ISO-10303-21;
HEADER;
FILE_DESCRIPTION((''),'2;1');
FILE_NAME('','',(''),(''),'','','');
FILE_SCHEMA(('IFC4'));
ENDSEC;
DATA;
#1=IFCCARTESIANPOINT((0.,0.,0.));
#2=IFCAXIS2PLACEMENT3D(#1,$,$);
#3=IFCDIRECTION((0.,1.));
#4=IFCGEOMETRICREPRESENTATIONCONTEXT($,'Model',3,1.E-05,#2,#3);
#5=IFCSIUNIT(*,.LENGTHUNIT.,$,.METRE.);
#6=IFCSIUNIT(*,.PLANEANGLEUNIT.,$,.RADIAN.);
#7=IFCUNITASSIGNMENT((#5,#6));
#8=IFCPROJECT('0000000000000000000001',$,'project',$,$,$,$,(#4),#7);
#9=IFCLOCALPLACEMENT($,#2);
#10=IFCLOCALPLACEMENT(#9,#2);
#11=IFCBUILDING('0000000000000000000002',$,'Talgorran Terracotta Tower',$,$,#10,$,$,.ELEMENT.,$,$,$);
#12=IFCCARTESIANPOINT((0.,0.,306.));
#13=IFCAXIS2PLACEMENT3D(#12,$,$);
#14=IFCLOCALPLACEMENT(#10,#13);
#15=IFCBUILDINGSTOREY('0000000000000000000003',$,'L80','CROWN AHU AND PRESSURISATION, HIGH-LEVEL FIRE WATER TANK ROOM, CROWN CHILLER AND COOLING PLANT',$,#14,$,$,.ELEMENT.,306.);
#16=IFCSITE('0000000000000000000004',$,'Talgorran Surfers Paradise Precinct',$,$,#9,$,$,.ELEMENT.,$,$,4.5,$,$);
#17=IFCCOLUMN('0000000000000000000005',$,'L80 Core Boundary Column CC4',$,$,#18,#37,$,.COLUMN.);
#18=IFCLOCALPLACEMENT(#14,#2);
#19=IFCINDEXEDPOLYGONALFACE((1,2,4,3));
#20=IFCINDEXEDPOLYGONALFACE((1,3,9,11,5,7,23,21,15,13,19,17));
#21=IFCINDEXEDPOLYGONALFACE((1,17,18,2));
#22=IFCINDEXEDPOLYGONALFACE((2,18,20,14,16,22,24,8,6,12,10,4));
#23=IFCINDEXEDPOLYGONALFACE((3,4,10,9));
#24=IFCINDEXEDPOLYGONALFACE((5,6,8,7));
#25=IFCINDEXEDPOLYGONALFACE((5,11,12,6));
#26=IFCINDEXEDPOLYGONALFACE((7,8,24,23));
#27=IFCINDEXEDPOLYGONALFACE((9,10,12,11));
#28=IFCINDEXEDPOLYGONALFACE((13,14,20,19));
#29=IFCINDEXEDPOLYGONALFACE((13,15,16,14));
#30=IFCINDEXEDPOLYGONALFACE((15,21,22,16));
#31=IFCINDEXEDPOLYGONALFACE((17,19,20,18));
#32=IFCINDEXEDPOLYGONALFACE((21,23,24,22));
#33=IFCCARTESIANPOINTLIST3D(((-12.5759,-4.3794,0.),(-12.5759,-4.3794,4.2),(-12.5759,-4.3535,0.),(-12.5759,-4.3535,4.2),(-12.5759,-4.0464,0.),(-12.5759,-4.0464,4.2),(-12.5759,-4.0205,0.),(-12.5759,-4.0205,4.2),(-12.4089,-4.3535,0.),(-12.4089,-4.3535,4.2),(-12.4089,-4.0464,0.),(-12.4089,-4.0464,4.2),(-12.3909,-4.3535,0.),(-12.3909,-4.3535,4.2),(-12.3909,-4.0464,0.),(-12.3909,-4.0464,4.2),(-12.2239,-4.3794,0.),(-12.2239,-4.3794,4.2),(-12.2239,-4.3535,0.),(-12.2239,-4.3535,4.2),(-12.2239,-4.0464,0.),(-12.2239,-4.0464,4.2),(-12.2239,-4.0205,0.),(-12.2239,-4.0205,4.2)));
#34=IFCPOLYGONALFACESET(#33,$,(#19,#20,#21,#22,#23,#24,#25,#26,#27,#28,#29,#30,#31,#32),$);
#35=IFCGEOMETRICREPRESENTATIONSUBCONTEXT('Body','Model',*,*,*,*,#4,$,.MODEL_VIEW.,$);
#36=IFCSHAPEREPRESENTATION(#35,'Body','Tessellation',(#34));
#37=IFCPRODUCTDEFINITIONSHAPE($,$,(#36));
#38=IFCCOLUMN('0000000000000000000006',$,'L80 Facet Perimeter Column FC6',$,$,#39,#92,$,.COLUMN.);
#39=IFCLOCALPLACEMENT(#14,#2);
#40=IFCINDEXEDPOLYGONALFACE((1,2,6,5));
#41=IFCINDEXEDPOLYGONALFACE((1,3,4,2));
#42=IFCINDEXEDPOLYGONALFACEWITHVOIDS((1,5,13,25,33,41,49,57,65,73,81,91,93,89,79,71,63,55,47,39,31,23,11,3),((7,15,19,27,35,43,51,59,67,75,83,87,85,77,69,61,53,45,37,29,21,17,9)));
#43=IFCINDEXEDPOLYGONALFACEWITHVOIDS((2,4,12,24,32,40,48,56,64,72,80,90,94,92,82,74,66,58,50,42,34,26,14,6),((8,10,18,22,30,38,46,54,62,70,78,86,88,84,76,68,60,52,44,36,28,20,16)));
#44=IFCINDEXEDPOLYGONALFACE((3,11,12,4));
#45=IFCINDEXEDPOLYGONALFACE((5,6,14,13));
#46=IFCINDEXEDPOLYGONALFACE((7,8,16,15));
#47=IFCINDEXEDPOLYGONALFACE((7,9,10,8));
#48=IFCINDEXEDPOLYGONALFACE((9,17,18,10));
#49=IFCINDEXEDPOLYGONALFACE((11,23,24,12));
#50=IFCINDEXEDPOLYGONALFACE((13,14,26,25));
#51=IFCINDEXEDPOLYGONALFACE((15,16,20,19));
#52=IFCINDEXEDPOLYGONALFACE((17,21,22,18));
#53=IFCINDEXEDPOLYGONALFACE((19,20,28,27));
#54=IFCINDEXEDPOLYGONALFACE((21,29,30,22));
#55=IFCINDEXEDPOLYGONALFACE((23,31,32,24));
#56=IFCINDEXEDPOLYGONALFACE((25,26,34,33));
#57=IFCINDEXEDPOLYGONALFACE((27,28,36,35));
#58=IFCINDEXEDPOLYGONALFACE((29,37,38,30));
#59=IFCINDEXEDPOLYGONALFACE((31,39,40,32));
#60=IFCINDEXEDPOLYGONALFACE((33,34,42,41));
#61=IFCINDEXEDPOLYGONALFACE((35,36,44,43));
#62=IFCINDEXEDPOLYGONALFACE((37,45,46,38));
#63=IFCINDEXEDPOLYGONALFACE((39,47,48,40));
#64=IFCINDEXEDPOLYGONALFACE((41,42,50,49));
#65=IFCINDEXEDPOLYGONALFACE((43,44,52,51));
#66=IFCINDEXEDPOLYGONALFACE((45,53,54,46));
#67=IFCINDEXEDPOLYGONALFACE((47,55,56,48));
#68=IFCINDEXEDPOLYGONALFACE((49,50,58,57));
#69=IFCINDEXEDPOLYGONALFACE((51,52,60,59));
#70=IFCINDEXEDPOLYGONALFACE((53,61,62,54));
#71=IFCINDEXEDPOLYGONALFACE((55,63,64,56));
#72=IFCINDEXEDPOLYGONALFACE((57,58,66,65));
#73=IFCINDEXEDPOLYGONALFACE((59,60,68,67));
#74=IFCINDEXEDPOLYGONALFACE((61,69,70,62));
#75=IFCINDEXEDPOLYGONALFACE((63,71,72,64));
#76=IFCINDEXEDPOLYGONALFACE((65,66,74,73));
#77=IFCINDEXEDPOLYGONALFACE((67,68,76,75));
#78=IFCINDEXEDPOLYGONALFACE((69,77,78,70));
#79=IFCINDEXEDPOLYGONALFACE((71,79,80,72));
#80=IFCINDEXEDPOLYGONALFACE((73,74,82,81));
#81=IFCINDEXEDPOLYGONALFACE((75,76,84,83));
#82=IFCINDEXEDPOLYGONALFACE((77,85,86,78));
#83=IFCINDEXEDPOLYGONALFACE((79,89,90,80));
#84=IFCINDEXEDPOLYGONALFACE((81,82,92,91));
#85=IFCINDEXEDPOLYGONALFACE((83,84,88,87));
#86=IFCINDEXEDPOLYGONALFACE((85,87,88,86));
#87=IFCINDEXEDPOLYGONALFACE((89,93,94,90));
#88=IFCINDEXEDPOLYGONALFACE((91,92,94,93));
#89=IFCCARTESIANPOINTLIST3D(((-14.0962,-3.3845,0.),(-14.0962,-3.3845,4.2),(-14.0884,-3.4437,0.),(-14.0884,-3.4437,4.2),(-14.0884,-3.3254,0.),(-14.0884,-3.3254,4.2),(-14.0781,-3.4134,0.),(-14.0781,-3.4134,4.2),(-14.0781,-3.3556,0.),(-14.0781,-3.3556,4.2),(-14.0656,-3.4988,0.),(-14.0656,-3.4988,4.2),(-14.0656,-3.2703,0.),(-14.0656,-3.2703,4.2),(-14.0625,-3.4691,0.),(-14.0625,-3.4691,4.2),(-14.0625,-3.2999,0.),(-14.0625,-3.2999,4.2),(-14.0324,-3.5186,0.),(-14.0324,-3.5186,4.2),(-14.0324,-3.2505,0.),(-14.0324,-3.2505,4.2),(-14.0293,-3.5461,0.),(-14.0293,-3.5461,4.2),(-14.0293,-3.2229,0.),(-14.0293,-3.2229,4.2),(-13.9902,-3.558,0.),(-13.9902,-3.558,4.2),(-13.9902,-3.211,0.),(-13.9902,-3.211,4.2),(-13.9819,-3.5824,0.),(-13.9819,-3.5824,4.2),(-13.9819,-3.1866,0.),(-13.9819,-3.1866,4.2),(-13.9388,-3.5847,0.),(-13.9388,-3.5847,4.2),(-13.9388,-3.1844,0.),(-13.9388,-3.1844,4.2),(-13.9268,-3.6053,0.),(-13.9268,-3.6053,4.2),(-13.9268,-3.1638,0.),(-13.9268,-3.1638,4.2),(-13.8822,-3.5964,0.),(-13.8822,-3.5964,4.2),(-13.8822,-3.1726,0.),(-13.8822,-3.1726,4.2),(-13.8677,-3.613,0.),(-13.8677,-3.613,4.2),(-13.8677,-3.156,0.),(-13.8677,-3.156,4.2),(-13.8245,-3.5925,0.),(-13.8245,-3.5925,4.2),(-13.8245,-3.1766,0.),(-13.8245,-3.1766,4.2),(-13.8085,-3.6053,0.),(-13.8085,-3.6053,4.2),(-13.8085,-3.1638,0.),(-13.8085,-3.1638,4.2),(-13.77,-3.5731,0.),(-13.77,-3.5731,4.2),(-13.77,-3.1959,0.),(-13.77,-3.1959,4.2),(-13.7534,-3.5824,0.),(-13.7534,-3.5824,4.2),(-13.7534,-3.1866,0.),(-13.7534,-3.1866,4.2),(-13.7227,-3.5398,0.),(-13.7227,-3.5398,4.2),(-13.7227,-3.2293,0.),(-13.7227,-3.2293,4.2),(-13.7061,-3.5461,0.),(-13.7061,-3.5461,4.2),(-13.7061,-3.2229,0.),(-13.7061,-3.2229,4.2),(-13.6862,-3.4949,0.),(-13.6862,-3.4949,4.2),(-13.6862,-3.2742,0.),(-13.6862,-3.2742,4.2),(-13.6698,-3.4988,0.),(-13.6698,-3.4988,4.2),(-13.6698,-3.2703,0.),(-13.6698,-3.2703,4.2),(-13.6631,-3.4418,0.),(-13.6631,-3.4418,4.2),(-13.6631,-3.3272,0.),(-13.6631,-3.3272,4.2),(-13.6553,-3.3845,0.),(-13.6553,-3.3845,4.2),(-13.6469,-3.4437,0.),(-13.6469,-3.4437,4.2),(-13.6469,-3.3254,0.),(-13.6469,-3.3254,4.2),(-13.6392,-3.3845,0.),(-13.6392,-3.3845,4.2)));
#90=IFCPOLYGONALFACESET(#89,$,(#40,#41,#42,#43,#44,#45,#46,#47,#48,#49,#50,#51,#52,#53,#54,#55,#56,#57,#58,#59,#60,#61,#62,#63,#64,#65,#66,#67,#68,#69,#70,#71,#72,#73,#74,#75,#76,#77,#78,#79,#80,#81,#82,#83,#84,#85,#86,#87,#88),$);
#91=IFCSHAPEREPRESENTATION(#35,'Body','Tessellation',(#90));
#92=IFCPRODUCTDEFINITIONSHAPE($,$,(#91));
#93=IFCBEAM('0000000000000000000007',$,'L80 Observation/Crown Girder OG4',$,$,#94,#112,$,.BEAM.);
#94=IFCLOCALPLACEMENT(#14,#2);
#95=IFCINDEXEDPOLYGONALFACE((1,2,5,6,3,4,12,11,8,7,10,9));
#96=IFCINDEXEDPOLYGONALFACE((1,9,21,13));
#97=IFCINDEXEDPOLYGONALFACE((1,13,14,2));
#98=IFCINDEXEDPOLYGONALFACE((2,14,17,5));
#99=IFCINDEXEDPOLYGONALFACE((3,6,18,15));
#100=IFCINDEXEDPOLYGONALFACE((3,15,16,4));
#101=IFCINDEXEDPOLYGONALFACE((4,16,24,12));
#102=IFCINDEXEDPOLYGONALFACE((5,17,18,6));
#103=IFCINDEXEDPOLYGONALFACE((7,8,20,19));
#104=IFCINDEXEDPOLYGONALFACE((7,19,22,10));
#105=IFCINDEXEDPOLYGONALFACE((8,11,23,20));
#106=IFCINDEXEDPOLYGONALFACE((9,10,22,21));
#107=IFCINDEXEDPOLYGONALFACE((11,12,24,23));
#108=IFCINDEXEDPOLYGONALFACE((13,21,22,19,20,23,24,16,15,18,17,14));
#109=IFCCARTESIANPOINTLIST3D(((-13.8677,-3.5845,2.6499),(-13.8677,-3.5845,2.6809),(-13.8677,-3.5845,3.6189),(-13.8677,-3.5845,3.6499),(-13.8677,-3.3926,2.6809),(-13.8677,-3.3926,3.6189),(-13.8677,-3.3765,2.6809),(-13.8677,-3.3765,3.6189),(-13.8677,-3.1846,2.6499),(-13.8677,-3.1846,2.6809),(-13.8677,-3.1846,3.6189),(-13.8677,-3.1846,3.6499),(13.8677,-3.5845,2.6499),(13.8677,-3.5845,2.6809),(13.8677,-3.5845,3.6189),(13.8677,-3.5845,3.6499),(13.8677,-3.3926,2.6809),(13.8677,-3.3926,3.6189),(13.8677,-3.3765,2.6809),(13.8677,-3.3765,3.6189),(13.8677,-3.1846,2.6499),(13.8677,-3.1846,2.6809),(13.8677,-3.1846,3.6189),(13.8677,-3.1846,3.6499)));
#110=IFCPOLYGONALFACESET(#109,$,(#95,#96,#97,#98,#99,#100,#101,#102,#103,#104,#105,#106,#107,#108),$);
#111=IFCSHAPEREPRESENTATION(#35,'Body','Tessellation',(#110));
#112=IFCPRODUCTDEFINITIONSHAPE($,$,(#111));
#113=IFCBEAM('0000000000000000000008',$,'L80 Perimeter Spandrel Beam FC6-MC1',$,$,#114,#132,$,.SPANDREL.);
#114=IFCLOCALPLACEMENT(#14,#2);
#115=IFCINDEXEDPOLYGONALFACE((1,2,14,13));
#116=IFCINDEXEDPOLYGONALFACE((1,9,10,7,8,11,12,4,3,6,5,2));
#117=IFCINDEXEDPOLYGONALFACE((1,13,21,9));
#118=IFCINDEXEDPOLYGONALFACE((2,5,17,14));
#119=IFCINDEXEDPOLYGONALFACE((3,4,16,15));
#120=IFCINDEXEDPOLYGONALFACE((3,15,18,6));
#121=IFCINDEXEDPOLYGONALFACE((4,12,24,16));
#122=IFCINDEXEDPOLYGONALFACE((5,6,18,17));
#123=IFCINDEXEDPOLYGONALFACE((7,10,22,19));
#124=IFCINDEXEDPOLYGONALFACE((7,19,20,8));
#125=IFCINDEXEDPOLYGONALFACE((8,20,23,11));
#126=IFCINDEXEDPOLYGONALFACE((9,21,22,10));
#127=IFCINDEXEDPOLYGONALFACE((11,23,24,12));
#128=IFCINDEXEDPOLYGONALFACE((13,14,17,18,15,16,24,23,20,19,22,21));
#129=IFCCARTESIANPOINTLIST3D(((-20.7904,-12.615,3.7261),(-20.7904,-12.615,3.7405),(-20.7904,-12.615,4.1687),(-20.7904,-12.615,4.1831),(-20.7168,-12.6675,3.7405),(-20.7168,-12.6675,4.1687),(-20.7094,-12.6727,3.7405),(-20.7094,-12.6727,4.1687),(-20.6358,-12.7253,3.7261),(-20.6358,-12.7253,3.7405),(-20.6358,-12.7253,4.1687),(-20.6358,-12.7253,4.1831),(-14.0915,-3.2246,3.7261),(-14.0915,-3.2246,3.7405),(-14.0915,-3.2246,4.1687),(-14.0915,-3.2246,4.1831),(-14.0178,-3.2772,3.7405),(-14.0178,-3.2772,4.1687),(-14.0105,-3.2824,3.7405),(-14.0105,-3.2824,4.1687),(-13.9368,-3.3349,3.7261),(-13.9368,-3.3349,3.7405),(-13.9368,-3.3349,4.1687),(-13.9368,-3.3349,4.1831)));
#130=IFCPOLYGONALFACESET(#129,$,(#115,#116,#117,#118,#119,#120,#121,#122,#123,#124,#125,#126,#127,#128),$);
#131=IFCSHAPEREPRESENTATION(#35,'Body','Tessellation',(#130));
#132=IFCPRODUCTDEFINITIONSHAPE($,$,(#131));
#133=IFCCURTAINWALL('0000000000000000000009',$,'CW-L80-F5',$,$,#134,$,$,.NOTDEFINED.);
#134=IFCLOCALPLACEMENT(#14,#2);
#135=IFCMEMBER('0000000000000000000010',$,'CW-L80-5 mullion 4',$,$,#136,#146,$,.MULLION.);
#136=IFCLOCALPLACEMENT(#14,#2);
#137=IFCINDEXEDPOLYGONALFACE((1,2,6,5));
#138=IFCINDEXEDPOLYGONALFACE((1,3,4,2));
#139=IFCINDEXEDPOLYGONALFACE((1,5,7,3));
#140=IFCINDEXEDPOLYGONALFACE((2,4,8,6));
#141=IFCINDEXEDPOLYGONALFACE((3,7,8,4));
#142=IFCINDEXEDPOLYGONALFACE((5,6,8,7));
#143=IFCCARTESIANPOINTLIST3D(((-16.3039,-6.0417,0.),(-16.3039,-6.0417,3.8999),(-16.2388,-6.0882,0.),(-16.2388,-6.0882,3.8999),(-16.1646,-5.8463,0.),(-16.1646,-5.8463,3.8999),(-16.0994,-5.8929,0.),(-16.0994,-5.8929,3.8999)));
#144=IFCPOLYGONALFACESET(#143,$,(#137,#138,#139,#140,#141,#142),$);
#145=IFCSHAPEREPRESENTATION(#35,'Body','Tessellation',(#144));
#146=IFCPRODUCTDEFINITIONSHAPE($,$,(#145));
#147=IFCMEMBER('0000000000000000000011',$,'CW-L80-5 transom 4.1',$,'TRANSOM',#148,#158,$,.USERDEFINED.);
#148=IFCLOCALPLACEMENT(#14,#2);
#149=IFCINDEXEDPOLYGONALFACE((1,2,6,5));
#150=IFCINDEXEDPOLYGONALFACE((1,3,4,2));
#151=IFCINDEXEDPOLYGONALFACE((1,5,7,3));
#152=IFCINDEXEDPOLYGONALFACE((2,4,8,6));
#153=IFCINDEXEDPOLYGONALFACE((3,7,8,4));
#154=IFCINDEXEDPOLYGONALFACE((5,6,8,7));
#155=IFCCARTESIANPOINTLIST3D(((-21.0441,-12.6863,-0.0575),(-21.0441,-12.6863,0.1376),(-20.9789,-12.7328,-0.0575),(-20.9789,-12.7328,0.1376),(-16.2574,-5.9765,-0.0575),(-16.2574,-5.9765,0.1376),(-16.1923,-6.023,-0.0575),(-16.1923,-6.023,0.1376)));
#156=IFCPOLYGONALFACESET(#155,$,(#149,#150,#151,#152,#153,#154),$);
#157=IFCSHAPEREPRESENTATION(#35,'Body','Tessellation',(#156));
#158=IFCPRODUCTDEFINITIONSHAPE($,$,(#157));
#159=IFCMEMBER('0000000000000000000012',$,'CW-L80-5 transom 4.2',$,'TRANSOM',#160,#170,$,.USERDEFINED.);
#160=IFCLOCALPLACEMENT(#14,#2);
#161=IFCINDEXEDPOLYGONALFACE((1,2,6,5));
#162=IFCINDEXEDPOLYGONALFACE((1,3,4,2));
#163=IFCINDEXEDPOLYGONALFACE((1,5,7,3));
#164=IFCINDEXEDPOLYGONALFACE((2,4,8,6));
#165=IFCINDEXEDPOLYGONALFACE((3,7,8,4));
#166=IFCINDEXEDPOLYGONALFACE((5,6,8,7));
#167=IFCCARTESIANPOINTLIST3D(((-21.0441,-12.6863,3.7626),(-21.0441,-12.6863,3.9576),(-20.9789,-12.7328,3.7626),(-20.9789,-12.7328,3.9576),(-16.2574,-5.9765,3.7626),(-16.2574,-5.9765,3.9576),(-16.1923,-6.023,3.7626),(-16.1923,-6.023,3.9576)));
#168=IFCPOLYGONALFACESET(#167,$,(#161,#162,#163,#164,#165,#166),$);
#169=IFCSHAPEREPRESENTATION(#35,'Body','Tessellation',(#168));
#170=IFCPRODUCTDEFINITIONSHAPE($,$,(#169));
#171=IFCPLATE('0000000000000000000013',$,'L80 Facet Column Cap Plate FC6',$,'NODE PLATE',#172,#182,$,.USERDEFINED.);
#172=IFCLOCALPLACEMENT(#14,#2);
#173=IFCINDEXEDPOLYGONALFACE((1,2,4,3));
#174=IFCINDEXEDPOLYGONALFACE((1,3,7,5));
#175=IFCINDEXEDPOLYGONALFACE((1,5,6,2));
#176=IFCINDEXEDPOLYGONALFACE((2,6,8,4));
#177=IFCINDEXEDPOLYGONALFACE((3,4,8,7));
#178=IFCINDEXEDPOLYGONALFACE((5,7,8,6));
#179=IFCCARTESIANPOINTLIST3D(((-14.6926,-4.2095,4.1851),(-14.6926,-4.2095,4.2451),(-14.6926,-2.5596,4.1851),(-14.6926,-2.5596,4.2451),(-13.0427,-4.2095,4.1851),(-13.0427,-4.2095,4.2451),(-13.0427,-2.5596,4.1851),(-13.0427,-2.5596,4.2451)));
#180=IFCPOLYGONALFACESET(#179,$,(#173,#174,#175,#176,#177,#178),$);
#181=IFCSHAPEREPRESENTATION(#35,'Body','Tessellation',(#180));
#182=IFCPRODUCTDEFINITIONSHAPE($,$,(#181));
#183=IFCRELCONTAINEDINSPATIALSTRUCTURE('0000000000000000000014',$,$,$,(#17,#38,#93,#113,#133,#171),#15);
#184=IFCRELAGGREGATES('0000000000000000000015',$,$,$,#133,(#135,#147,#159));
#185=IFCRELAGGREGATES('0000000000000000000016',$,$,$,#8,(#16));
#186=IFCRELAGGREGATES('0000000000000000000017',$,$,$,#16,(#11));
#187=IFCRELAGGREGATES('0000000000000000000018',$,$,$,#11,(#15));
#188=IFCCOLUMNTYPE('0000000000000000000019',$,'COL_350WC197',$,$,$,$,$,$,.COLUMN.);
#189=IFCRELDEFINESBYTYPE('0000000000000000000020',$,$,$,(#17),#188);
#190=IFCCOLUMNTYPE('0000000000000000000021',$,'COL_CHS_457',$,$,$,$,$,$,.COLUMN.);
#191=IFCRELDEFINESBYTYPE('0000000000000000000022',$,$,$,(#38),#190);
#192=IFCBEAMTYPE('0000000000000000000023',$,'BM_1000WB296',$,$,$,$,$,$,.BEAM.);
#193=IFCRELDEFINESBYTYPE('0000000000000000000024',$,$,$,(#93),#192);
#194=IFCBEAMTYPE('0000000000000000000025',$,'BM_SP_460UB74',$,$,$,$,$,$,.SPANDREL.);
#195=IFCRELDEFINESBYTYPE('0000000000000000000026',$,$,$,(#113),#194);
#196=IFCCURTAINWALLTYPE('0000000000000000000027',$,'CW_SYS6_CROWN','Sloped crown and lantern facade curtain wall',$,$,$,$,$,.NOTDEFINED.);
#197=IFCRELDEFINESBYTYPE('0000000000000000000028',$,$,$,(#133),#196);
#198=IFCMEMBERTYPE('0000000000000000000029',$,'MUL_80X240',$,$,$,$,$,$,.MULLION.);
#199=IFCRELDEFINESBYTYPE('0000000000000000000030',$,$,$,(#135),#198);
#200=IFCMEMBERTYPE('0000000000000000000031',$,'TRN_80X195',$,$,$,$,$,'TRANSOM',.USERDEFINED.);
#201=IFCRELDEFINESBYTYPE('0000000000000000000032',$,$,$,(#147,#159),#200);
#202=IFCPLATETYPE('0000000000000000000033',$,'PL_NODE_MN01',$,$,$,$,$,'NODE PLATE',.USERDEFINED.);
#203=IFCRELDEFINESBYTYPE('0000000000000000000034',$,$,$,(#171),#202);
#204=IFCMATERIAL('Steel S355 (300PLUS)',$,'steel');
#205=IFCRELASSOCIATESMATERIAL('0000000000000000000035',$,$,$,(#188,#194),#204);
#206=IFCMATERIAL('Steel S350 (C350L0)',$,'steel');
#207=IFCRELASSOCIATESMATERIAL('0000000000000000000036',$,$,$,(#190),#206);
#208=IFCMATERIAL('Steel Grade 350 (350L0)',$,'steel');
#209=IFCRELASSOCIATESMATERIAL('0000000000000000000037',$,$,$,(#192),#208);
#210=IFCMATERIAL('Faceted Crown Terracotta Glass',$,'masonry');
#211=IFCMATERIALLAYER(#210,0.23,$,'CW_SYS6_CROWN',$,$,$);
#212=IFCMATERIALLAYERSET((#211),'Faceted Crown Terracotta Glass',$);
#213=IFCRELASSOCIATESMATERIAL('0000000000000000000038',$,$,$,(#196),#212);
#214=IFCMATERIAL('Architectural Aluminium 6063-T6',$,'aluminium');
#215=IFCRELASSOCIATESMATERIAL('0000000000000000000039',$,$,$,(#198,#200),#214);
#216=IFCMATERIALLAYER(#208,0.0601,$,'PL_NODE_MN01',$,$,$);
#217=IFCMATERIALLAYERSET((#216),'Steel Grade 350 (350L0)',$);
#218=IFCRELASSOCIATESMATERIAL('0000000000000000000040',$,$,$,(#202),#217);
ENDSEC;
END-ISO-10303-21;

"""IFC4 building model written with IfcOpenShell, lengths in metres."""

from ifc_helpers import new_model, si_unit, direction, frame, origin, origin_2d, place, context, subcontext, project, spatial, rectangle, hollow_circle, i_section, extrude, material, layer, layer_set, material_profile, profile_set, type_object, element, aggregate, save


model = new_model("IFC4")

# Units and contexts
model_context = context("Model", 3, precision=1e-05, world=origin(), true_north=direction((0.0, 1.0)))
body_context = subcontext(model_context, "Body", "Model", "MODEL_VIEW")
ifc_project = project(units=[si_unit("LENGTHUNIT", "METRE"), si_unit("PLANEANGLEUNIT", "RADIAN")], contexts=[model_context])

# Site, building, storey
site_placement = place(None, origin())
site = spatial("IfcSite", under=ifc_project, at=site_placement, Name="Talgorran Surfers Paradise Precinct", CompositionType="ELEMENT", RefElevation=4.5)
building_placement = place(site_placement, origin())
building = spatial("IfcBuilding", under=site, at=building_placement, Name="Talgorran Terracotta Tower", CompositionType="ELEMENT")
storey_placement = place(building_placement, frame((0.0, 0.0, 306.0)))
storey = spatial("IfcBuildingStorey", under=building, at=storey_placement, Name="L80", Description="CROWN AHU AND PRESSURISATION, HIGH-LEVEL FIRE WATER TANK ROOM, CROWN CHILLER AND COOLING PLANT", CompositionType="ELEMENT", Elevation=306.0)

# Columns
ifc_material_1 = material(Name="Steel S355 (300PLUS)", Category="steel")
ifc_material_profile_1 = material_profile(ifc_material_1, i_section(OverallWidth=0.3521, OverallDepth=0.3589, WebThickness=0.0181, FlangeThickness=0.0259, at=origin_2d()), Name="350WC197")
ifc_profile_set_1 = profile_set([ifc_material_profile_1], Name="Steel S355 (300PLUS)")
column_type_1 = type_object("IfcColumnType", Name="COL_350WC197", PredefinedType="COLUMN", material=ifc_profile_set_1)
column_1_placement = place(storey_placement, frame((-12.3999, -4.2, 0.0), z_axis=(0.0, 0.0, 1.0), x_axis=(1.0, 0.0, 0.0)))
element("IfcColumn", 1, at=column_1_placement, inside=storey, type_object=column_type_1, Name="L80 Core Boundary Column CC4", PredefinedType="COLUMN", context=body_context, shape_type="SweptSolid", body=[
    extrude(i_section(OverallWidth=0.3521, OverallDepth=0.3589, WebThickness=0.0181, FlangeThickness=0.0259, at=origin_2d()), origin(), (0.0, 0.0, 1.0), 4.2),
])
ifc_material_2 = material(Name="Steel S350 (C350L0)", Category="steel")
ifc_material_profile_2 = material_profile(ifc_material_2, hollow_circle(Radius=0.2285, WallThickness=0.0161, at=origin_2d()), Name="CHS457X16")
ifc_profile_set_2 = profile_set([ifc_material_profile_2], Name="Steel S350 (C350L0)")
column_type_2 = type_object("IfcColumnType", Name="COL_CHS_457", PredefinedType="COLUMN", material=ifc_profile_set_2)
column_2_placement = place(storey_placement, frame((-13.8677, -3.3845, 0.0), z_axis=(0.0, 0.0, 1.0), x_axis=(1.0, 0.0, 0.0)))
element("IfcColumn", 2, at=column_2_placement, inside=storey, type_object=column_type_2, Name="L80 Facet Perimeter Column FC6", PredefinedType="COLUMN", context=body_context, shape_type="SweptSolid", body=[
    extrude(hollow_circle(Radius=0.2285, WallThickness=0.0161, at=origin_2d()), origin(), (0.0, 0.0, 1.0), 4.2),
])

# Beams
ifc_material_3 = material(Name="Steel Grade 350 (350L0)", Category="steel")
ifc_material_profile_3 = material_profile(ifc_material_3, i_section(OverallWidth=0.3999, OverallDepth=1.0, WebThickness=0.0161, FlangeThickness=0.031, at=origin_2d()), Name="1000WB296")
ifc_profile_set_3 = profile_set([ifc_material_profile_3], Name="Steel Grade 350 (350L0)")
beam_type_1 = type_object("IfcBeamType", Name="BM_1000WB296", PredefinedType="BEAM", material=ifc_profile_set_3)
beam_1_placement = place(storey_placement, frame((-13.8677, -3.3845, 3.1499), z_axis=(1.0, 0.0, 0.0), x_axis=(0.0, 1.0, 0.0)))
element("IfcBeam", 3, at=beam_1_placement, inside=storey, type_object=beam_type_1, Name="L80 Observation/Crown Girder OG4", PredefinedType="BEAM", context=body_context, shape_type="SweptSolid", body=[
    extrude(i_section(OverallWidth=0.3999, OverallDepth=1.0, WebThickness=0.0161, FlangeThickness=0.031, at=origin_2d()), origin(), (0.0, 0.0, 1.0), 27.7354),
])
ifc_material_profile_4 = material_profile(ifc_material_1, i_section(OverallWidth=0.1899, OverallDepth=0.457, WebThickness=0.009, FlangeThickness=0.0144, at=origin_2d()), Name="460UB74.6")
ifc_profile_set_4 = profile_set([ifc_material_profile_4], Name="Steel S355 (300PLUS)")
beam_type_2 = type_object("IfcBeamType", Name="BM_SP_460UB74", PredefinedType="SPANDREL", material=ifc_profile_set_4)
beam_2_placement = place(storey_placement, frame((-14.0142, -3.2798, 3.9546), z_axis=(-0.580754, -0.814079, 0.0), x_axis=(0.814079, -0.580754, 0.0)))
element("IfcBeam", 4, at=beam_2_placement, inside=storey, type_object=beam_type_2, Name="L80 Perimeter Spandrel Beam FC6-MC1", PredefinedType="SPANDREL", context=body_context, shape_type="SweptSolid", body=[
    extrude(i_section(OverallWidth=0.1899, OverallDepth=0.457, WebThickness=0.009, FlangeThickness=0.0144, at=origin_2d()), origin(), (0.0, 0.0, 1.0), 11.5349),
])

# Curtain wall, members
ifc_material_4 = material(Name="Faceted Crown Terracotta Glass", Category="masonry")
ifc_layer_1 = layer(ifc_material_4, 0.23, Name="CW_SYS6_CROWN")
ifc_layer_set_1 = layer_set([ifc_layer_1], Name="Faceted Crown Terracotta Glass")
curtain_wall_type = type_object("IfcCurtainWallType", Name="CW_SYS6_CROWN", Description="Sloped crown and lantern facade curtain wall", PredefinedType="NOTDEFINED", material=ifc_layer_set_1)
curtain_wall_placement = place(storey_placement, origin())
curtain_wall = element("IfcCurtainWall", 5, at=curtain_wall_placement, inside=storey, type_object=curtain_wall_type, Name="CW-L80-F5", PredefinedType="NOTDEFINED")
ifc_material_5 = material(Name="Architectural Aluminium 6063-T6", Category="aluminium")
ifc_material_profile_5 = material_profile(ifc_material_5, rectangle(XDim=0.0801, YDim=0.24, at=origin_2d()), Name="CWM80X240")
ifc_profile_set_5 = profile_set([ifc_material_profile_5], Name="Architectural Aluminium 6063-T6")
member_type_1 = type_object("IfcMemberType", Name="MUL_80X240", PredefinedType="MULLION", material=ifc_profile_set_5)
member_1_placement = place(storey_placement, frame((-16.2017, -5.9673, 0.0), z_axis=(0.0, 0.0, 1.0), x_axis=(0.814076, -0.580758, 0.0)))
member_1 = element("IfcMember", 6, at=member_1_placement, type_object=member_type_1, Name="CW-L80-5 mullion 4", PredefinedType="MULLION", context=body_context, shape_type="SweptSolid", body=[
    extrude(rectangle(XDim=0.0801, YDim=0.24, at=origin_2d()), origin(), (0.0, 0.0, 1.0), 3.8999),
])
ifc_material_profile_6 = material_profile(ifc_material_5, rectangle(XDim=0.0801, YDim=0.1951, at=origin_2d()), Name="CWT80X195")
ifc_profile_set_6 = profile_set([ifc_material_profile_6], Name="Architectural Aluminium 6063-T6")
member_type_2 = type_object("IfcMemberType", Name="TRN_80X195", ElementType="TRANSOM", PredefinedType="USERDEFINED", material=ifc_profile_set_6)
member_2_placement = place(storey_placement, frame((-16.2249, -5.9998, 0.04), z_axis=(-0.580753, -0.81408, 0.0), x_axis=(0.81408, -0.580753, 0.0)))
member_2 = element("IfcMember", 7, at=member_2_placement, type_object=member_type_2, Name="CW-L80-5 transom 4.1", ObjectType="TRANSOM", PredefinedType="USERDEFINED", context=body_context, shape_type="SweptSolid", body=[
    extrude(rectangle(XDim=0.0801, YDim=0.1951, at=origin_2d()), origin(), (0.0, 0.0, 1.0), 8.2422),
])
member_3_placement = place(storey_placement, frame((-16.2249, -5.9998, 3.8601), z_axis=(-0.580753, -0.81408, 0.0), x_axis=(0.81408, -0.580753, 0.0)))
member_3 = element("IfcMember", 8, at=member_3_placement, type_object=member_type_2, Name="CW-L80-5 transom 4.2", ObjectType="TRANSOM", PredefinedType="USERDEFINED", context=body_context, shape_type="SweptSolid", body=[
    extrude(rectangle(XDim=0.0801, YDim=0.1951, at=origin_2d()), origin(), (0.0, 0.0, 1.0), 8.2422),
])

# Plate
ifc_layer_2 = layer(ifc_material_3, 0.0601, Name="PL_NODE_MN01")
ifc_layer_set_2 = layer_set([ifc_layer_2], Name="Steel Grade 350 (350L0)")
plate_type_1 = type_object("IfcPlateType", Name="PL_NODE_MN01", ElementType="NODE PLATE", PredefinedType="USERDEFINED", material=ifc_layer_set_2)
plate_1_placement = place(storey_placement, frame((-13.8677, -3.3845, 4.1851), z_axis=(0.0, 0.0, 1.0), x_axis=(1.0, 0.0, 0.0)))
element("IfcPlate", 9, at=plate_1_placement, inside=storey, type_object=plate_type_1, Name="L80 Facet Column Cap Plate FC6", ObjectType="NODE PLATE", PredefinedType="USERDEFINED", context=body_context, shape_type="SweptSolid", body=[
    extrude(rectangle(XDim=1.6499, YDim=1.6499, at=origin_2d()), origin(), (0.0, 0.0, 1.0), 0.0601),
])
aggregate(curtain_wall, [member_1, member_2, member_3])

save(model, "model.ifc")
